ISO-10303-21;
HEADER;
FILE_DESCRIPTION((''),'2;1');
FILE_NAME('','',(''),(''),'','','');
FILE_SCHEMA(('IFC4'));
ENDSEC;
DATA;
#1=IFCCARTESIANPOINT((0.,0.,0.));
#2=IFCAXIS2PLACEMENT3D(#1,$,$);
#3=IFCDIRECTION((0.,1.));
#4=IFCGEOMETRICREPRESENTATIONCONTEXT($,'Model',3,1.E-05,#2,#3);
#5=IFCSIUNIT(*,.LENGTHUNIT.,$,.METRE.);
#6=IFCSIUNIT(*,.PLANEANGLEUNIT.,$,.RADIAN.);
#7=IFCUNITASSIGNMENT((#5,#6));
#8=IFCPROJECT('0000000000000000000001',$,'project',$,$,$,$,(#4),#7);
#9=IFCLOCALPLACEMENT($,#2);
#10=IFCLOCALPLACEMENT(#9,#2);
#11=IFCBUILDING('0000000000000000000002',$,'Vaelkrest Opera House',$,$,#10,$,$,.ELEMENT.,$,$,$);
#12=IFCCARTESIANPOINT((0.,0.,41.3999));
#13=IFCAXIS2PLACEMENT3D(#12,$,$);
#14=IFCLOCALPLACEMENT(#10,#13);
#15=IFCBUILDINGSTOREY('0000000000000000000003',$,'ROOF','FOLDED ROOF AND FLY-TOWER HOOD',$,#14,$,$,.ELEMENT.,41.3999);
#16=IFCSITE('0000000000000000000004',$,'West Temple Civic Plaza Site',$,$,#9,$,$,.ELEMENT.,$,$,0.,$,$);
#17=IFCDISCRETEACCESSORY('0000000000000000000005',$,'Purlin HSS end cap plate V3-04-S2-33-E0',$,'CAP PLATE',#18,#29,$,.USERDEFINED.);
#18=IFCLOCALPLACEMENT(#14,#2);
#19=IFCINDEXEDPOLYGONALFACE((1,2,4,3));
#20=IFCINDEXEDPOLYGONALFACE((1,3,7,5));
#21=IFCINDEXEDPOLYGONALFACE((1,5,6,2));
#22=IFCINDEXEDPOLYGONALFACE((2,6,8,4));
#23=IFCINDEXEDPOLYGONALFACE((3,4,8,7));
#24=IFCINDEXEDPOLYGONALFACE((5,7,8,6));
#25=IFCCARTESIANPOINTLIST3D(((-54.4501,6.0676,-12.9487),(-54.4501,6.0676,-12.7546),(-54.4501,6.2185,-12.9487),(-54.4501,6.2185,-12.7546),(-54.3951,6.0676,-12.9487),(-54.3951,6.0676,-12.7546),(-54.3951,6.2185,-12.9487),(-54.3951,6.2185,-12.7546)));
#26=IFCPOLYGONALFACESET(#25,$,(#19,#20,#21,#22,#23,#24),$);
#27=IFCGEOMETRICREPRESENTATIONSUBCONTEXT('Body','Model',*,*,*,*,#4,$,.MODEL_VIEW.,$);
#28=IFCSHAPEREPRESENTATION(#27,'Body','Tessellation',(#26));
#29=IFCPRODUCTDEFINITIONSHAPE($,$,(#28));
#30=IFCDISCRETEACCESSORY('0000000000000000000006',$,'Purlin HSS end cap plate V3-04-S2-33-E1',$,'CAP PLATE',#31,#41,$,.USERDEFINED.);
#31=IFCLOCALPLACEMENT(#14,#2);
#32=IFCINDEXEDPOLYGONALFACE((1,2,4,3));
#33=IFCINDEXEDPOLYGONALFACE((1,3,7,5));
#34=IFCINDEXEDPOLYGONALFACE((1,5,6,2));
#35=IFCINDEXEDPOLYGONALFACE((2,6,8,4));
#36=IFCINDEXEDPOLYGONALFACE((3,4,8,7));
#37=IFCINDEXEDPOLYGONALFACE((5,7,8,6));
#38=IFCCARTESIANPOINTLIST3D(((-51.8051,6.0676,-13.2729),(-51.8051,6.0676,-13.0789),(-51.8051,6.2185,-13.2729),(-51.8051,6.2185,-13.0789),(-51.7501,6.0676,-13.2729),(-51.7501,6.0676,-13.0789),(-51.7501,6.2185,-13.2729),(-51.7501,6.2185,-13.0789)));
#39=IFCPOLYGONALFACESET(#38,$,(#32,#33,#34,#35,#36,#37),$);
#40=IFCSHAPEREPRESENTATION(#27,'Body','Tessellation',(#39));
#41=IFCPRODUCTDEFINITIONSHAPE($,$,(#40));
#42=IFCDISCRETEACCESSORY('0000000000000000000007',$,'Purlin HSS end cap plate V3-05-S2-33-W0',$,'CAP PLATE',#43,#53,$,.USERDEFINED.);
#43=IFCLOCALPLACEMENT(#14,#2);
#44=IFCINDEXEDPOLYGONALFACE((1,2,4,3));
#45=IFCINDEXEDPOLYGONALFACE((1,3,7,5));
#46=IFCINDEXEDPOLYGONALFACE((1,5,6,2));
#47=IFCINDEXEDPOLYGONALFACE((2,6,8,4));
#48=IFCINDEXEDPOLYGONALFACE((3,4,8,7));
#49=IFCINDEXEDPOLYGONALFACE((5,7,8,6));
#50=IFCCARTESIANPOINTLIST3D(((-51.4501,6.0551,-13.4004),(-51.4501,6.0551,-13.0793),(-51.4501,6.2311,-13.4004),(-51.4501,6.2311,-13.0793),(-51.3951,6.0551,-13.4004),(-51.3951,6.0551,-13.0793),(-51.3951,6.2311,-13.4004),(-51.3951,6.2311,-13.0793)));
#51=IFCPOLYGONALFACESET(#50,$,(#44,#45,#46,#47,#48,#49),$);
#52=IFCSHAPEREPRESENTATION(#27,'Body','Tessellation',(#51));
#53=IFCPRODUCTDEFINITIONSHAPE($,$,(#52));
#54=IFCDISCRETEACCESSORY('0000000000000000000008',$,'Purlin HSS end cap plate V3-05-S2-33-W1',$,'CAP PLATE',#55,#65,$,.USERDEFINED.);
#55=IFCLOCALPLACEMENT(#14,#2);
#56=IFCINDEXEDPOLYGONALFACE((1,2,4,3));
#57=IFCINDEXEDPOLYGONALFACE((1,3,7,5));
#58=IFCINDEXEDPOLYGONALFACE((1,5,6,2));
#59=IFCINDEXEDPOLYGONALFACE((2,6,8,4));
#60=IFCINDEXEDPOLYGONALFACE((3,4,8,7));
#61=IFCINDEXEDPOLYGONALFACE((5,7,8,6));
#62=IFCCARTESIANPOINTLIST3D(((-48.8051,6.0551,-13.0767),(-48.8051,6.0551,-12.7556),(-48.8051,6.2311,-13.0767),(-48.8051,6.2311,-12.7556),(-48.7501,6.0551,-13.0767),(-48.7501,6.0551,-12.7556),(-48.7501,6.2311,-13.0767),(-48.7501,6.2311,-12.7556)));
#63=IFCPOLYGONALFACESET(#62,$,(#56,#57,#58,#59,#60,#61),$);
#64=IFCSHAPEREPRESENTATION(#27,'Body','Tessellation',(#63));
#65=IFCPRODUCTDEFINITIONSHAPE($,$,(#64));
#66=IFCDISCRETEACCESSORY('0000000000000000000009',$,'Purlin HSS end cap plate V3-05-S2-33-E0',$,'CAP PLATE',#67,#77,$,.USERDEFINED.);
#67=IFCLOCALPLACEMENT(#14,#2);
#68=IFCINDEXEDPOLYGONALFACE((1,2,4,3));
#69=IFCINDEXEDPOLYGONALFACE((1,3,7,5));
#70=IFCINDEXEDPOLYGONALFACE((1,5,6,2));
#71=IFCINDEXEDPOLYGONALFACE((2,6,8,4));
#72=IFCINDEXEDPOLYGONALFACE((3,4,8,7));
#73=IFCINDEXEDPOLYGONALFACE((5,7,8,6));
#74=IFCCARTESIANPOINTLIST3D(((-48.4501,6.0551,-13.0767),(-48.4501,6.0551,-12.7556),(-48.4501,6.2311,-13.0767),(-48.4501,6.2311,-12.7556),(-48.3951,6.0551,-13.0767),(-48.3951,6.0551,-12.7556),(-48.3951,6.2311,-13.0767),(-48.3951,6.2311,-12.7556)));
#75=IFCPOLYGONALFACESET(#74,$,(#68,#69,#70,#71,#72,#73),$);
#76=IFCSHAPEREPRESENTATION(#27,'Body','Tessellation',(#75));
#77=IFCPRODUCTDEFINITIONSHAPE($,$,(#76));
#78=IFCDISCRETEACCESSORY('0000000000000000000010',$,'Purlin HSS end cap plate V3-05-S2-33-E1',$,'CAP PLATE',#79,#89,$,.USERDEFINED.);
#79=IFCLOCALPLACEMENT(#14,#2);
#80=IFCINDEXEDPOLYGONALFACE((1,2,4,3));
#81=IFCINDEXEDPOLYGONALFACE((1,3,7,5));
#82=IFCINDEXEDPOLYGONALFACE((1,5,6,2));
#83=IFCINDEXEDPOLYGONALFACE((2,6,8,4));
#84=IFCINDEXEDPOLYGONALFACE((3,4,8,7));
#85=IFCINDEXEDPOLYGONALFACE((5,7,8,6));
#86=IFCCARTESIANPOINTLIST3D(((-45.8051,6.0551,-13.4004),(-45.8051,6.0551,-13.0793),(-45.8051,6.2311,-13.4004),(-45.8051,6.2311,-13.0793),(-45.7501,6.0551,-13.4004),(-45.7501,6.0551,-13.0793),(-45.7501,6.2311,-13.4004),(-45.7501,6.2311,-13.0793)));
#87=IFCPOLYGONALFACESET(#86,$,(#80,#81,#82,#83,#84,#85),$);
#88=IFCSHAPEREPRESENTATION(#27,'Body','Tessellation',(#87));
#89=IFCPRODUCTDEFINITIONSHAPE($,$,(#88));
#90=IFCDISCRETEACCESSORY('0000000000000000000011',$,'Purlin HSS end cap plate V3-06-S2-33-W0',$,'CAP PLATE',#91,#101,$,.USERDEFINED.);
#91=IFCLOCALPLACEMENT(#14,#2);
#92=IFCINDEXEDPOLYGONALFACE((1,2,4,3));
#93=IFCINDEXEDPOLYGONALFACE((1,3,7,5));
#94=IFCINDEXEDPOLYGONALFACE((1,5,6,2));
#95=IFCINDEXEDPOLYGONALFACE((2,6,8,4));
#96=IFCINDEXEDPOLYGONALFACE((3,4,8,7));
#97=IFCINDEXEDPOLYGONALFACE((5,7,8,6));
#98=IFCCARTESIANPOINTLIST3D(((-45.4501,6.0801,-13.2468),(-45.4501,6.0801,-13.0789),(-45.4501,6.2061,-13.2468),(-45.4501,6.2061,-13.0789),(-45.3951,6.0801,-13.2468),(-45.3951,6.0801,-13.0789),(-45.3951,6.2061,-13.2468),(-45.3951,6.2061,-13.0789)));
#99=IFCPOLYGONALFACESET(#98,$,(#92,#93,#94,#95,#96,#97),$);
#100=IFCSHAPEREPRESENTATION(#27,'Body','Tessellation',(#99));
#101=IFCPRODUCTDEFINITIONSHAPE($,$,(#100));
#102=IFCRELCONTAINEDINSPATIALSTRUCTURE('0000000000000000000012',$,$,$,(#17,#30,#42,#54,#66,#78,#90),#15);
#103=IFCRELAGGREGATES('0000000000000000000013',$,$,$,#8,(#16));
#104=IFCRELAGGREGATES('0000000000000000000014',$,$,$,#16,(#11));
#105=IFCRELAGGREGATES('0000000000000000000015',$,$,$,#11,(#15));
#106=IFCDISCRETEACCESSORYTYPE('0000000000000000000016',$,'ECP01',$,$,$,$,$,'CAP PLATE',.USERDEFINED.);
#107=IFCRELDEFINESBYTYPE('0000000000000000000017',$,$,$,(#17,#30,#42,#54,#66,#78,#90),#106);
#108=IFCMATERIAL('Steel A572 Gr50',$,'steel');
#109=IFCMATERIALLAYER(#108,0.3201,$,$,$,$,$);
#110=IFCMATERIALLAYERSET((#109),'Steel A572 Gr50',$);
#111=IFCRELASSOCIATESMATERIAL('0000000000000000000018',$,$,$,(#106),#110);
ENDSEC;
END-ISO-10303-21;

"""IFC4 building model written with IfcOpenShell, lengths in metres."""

from ifc_helpers import new_model, si_unit, direction, frame, origin, origin_2d, place, context, subcontext, project, spatial, rectangle, extrude, material, layer, layer_set, type_object, element, save


model = new_model("IFC4")

# Units and contexts
model_context = context("Model", 3, precision=1e-05, world=origin(), true_north=direction((0.0, 1.0)))
body_context = subcontext(model_context, "Body", "Model", "MODEL_VIEW")
ifc_project = project(units=[si_unit("LENGTHUNIT", "METRE"), si_unit("PLANEANGLEUNIT", "RADIAN")], contexts=[model_context])

# Site, building, storey
site_placement = place(None, origin())
site = spatial("IfcSite", under=ifc_project, at=site_placement, Name="West Temple Civic Plaza Site", CompositionType="ELEMENT", RefElevation=0.0)
building_placement = place(site_placement, origin())
building = spatial("IfcBuilding", under=site, at=building_placement, Name="Vaelkrest Opera House", CompositionType="ELEMENT")
storey_placement = place(building_placement, frame((0.0, 0.0, 41.3999)))
storey = spatial("IfcBuildingStorey", under=building, at=storey_placement, Name="ROOF", Description="FOLDED ROOF AND FLY-TOWER HOOD", CompositionType="ELEMENT", Elevation=41.3999)

# Shared definitions
ifc_material_1 = material(Name="Steel A572 Gr50", Category="steel")

# Discrete accessories
ifc_layer_1 = layer(ifc_material_1, 0.3201)
ifc_layer_set_1 = layer_set([ifc_layer_1], Name="Steel A572 Gr50")
discrete_accessory_type = type_object("IfcDiscreteAccessoryType", Name="ECP01", ElementType="CAP PLATE", PredefinedType="USERDEFINED", material=ifc_layer_set_1)
for number, where, z_axis, x_axis, name in (
    (1, (-54.4226, 6.1431, -12.9487), (0.0, 0.0, 1.0), (1.0, 0.0, 0.0), "Purlin HSS end cap plate V3-04-S2-33-E0"),
    (2, (-51.7776, 6.1431, -13.2729), (0.0, 0.0, 1.0), (1.0, 0.0, 0.0), "Purlin HSS end cap plate V3-04-S2-33-E1"),
):
    element("IfcDiscreteAccessory", number, at=place(storey_placement, frame(where, z_axis=z_axis, x_axis=x_axis)), inside=storey, type_object=discrete_accessory_type, Name=name, ObjectType="CAP PLATE", PredefinedType="USERDEFINED", context=body_context, shape_type="SweptSolid", body=[
        extrude(rectangle(XDim=0.0549, YDim=0.1509, at=origin_2d()), origin(), (0.0, 0.0, 1.0), 0.1941),
    ])
for number, where, z_axis, x_axis, name in (
    (3, (-51.4226, 6.1431, -13.4004), (0.0, 0.0, 1.0), (1.0, 0.0, 0.0), "Purlin HSS end cap plate V3-05-S2-33-W0"),
    (4, (-48.7776, 6.1431, -13.0767), (0.0, 0.0, 1.0), (1.0, 0.0, 0.0), "Purlin HSS end cap plate V3-05-S2-33-W1"),
    (5, (-48.4226, 6.1431, -13.0767), (0.0, 0.0, 1.0), (1.0, 0.0, 0.0), "Purlin HSS end cap plate V3-05-S2-33-E0"),
    (6, (-45.7776, 6.1431, -13.4004), (0.0, 0.0, 1.0), (1.0, 0.0, 0.0), "Purlin HSS end cap plate V3-05-S2-33-E1"),
):
    element("IfcDiscreteAccessory", number, at=place(storey_placement, frame(where, z_axis=z_axis, x_axis=x_axis)), inside=storey, type_object=discrete_accessory_type, Name=name, ObjectType="CAP PLATE", PredefinedType="USERDEFINED", context=body_context, shape_type="SweptSolid", body=[
        extrude(rectangle(XDim=0.0549, YDim=0.176, at=origin_2d()), origin(), (0.0, 0.0, 1.0), 0.321),
    ])
discrete_accessory_placement = place(storey_placement, frame((-45.4226, 6.1431, -13.2468), z_axis=(0.0, 0.0, 1.0), x_axis=(1.0, 0.0, 0.0)))
element("IfcDiscreteAccessory", 7, at=discrete_accessory_placement, inside=storey, type_object=discrete_accessory_type, Name="Purlin HSS end cap plate V3-06-S2-33-W0", ObjectType="CAP PLATE", PredefinedType="USERDEFINED", context=body_context, shape_type="SweptSolid", body=[
    extrude(rectangle(XDim=0.0549, YDim=0.126, at=origin_2d()), origin(), (0.0, 0.0, 1.0), 0.168),
])

save(model, "model.ifc")
